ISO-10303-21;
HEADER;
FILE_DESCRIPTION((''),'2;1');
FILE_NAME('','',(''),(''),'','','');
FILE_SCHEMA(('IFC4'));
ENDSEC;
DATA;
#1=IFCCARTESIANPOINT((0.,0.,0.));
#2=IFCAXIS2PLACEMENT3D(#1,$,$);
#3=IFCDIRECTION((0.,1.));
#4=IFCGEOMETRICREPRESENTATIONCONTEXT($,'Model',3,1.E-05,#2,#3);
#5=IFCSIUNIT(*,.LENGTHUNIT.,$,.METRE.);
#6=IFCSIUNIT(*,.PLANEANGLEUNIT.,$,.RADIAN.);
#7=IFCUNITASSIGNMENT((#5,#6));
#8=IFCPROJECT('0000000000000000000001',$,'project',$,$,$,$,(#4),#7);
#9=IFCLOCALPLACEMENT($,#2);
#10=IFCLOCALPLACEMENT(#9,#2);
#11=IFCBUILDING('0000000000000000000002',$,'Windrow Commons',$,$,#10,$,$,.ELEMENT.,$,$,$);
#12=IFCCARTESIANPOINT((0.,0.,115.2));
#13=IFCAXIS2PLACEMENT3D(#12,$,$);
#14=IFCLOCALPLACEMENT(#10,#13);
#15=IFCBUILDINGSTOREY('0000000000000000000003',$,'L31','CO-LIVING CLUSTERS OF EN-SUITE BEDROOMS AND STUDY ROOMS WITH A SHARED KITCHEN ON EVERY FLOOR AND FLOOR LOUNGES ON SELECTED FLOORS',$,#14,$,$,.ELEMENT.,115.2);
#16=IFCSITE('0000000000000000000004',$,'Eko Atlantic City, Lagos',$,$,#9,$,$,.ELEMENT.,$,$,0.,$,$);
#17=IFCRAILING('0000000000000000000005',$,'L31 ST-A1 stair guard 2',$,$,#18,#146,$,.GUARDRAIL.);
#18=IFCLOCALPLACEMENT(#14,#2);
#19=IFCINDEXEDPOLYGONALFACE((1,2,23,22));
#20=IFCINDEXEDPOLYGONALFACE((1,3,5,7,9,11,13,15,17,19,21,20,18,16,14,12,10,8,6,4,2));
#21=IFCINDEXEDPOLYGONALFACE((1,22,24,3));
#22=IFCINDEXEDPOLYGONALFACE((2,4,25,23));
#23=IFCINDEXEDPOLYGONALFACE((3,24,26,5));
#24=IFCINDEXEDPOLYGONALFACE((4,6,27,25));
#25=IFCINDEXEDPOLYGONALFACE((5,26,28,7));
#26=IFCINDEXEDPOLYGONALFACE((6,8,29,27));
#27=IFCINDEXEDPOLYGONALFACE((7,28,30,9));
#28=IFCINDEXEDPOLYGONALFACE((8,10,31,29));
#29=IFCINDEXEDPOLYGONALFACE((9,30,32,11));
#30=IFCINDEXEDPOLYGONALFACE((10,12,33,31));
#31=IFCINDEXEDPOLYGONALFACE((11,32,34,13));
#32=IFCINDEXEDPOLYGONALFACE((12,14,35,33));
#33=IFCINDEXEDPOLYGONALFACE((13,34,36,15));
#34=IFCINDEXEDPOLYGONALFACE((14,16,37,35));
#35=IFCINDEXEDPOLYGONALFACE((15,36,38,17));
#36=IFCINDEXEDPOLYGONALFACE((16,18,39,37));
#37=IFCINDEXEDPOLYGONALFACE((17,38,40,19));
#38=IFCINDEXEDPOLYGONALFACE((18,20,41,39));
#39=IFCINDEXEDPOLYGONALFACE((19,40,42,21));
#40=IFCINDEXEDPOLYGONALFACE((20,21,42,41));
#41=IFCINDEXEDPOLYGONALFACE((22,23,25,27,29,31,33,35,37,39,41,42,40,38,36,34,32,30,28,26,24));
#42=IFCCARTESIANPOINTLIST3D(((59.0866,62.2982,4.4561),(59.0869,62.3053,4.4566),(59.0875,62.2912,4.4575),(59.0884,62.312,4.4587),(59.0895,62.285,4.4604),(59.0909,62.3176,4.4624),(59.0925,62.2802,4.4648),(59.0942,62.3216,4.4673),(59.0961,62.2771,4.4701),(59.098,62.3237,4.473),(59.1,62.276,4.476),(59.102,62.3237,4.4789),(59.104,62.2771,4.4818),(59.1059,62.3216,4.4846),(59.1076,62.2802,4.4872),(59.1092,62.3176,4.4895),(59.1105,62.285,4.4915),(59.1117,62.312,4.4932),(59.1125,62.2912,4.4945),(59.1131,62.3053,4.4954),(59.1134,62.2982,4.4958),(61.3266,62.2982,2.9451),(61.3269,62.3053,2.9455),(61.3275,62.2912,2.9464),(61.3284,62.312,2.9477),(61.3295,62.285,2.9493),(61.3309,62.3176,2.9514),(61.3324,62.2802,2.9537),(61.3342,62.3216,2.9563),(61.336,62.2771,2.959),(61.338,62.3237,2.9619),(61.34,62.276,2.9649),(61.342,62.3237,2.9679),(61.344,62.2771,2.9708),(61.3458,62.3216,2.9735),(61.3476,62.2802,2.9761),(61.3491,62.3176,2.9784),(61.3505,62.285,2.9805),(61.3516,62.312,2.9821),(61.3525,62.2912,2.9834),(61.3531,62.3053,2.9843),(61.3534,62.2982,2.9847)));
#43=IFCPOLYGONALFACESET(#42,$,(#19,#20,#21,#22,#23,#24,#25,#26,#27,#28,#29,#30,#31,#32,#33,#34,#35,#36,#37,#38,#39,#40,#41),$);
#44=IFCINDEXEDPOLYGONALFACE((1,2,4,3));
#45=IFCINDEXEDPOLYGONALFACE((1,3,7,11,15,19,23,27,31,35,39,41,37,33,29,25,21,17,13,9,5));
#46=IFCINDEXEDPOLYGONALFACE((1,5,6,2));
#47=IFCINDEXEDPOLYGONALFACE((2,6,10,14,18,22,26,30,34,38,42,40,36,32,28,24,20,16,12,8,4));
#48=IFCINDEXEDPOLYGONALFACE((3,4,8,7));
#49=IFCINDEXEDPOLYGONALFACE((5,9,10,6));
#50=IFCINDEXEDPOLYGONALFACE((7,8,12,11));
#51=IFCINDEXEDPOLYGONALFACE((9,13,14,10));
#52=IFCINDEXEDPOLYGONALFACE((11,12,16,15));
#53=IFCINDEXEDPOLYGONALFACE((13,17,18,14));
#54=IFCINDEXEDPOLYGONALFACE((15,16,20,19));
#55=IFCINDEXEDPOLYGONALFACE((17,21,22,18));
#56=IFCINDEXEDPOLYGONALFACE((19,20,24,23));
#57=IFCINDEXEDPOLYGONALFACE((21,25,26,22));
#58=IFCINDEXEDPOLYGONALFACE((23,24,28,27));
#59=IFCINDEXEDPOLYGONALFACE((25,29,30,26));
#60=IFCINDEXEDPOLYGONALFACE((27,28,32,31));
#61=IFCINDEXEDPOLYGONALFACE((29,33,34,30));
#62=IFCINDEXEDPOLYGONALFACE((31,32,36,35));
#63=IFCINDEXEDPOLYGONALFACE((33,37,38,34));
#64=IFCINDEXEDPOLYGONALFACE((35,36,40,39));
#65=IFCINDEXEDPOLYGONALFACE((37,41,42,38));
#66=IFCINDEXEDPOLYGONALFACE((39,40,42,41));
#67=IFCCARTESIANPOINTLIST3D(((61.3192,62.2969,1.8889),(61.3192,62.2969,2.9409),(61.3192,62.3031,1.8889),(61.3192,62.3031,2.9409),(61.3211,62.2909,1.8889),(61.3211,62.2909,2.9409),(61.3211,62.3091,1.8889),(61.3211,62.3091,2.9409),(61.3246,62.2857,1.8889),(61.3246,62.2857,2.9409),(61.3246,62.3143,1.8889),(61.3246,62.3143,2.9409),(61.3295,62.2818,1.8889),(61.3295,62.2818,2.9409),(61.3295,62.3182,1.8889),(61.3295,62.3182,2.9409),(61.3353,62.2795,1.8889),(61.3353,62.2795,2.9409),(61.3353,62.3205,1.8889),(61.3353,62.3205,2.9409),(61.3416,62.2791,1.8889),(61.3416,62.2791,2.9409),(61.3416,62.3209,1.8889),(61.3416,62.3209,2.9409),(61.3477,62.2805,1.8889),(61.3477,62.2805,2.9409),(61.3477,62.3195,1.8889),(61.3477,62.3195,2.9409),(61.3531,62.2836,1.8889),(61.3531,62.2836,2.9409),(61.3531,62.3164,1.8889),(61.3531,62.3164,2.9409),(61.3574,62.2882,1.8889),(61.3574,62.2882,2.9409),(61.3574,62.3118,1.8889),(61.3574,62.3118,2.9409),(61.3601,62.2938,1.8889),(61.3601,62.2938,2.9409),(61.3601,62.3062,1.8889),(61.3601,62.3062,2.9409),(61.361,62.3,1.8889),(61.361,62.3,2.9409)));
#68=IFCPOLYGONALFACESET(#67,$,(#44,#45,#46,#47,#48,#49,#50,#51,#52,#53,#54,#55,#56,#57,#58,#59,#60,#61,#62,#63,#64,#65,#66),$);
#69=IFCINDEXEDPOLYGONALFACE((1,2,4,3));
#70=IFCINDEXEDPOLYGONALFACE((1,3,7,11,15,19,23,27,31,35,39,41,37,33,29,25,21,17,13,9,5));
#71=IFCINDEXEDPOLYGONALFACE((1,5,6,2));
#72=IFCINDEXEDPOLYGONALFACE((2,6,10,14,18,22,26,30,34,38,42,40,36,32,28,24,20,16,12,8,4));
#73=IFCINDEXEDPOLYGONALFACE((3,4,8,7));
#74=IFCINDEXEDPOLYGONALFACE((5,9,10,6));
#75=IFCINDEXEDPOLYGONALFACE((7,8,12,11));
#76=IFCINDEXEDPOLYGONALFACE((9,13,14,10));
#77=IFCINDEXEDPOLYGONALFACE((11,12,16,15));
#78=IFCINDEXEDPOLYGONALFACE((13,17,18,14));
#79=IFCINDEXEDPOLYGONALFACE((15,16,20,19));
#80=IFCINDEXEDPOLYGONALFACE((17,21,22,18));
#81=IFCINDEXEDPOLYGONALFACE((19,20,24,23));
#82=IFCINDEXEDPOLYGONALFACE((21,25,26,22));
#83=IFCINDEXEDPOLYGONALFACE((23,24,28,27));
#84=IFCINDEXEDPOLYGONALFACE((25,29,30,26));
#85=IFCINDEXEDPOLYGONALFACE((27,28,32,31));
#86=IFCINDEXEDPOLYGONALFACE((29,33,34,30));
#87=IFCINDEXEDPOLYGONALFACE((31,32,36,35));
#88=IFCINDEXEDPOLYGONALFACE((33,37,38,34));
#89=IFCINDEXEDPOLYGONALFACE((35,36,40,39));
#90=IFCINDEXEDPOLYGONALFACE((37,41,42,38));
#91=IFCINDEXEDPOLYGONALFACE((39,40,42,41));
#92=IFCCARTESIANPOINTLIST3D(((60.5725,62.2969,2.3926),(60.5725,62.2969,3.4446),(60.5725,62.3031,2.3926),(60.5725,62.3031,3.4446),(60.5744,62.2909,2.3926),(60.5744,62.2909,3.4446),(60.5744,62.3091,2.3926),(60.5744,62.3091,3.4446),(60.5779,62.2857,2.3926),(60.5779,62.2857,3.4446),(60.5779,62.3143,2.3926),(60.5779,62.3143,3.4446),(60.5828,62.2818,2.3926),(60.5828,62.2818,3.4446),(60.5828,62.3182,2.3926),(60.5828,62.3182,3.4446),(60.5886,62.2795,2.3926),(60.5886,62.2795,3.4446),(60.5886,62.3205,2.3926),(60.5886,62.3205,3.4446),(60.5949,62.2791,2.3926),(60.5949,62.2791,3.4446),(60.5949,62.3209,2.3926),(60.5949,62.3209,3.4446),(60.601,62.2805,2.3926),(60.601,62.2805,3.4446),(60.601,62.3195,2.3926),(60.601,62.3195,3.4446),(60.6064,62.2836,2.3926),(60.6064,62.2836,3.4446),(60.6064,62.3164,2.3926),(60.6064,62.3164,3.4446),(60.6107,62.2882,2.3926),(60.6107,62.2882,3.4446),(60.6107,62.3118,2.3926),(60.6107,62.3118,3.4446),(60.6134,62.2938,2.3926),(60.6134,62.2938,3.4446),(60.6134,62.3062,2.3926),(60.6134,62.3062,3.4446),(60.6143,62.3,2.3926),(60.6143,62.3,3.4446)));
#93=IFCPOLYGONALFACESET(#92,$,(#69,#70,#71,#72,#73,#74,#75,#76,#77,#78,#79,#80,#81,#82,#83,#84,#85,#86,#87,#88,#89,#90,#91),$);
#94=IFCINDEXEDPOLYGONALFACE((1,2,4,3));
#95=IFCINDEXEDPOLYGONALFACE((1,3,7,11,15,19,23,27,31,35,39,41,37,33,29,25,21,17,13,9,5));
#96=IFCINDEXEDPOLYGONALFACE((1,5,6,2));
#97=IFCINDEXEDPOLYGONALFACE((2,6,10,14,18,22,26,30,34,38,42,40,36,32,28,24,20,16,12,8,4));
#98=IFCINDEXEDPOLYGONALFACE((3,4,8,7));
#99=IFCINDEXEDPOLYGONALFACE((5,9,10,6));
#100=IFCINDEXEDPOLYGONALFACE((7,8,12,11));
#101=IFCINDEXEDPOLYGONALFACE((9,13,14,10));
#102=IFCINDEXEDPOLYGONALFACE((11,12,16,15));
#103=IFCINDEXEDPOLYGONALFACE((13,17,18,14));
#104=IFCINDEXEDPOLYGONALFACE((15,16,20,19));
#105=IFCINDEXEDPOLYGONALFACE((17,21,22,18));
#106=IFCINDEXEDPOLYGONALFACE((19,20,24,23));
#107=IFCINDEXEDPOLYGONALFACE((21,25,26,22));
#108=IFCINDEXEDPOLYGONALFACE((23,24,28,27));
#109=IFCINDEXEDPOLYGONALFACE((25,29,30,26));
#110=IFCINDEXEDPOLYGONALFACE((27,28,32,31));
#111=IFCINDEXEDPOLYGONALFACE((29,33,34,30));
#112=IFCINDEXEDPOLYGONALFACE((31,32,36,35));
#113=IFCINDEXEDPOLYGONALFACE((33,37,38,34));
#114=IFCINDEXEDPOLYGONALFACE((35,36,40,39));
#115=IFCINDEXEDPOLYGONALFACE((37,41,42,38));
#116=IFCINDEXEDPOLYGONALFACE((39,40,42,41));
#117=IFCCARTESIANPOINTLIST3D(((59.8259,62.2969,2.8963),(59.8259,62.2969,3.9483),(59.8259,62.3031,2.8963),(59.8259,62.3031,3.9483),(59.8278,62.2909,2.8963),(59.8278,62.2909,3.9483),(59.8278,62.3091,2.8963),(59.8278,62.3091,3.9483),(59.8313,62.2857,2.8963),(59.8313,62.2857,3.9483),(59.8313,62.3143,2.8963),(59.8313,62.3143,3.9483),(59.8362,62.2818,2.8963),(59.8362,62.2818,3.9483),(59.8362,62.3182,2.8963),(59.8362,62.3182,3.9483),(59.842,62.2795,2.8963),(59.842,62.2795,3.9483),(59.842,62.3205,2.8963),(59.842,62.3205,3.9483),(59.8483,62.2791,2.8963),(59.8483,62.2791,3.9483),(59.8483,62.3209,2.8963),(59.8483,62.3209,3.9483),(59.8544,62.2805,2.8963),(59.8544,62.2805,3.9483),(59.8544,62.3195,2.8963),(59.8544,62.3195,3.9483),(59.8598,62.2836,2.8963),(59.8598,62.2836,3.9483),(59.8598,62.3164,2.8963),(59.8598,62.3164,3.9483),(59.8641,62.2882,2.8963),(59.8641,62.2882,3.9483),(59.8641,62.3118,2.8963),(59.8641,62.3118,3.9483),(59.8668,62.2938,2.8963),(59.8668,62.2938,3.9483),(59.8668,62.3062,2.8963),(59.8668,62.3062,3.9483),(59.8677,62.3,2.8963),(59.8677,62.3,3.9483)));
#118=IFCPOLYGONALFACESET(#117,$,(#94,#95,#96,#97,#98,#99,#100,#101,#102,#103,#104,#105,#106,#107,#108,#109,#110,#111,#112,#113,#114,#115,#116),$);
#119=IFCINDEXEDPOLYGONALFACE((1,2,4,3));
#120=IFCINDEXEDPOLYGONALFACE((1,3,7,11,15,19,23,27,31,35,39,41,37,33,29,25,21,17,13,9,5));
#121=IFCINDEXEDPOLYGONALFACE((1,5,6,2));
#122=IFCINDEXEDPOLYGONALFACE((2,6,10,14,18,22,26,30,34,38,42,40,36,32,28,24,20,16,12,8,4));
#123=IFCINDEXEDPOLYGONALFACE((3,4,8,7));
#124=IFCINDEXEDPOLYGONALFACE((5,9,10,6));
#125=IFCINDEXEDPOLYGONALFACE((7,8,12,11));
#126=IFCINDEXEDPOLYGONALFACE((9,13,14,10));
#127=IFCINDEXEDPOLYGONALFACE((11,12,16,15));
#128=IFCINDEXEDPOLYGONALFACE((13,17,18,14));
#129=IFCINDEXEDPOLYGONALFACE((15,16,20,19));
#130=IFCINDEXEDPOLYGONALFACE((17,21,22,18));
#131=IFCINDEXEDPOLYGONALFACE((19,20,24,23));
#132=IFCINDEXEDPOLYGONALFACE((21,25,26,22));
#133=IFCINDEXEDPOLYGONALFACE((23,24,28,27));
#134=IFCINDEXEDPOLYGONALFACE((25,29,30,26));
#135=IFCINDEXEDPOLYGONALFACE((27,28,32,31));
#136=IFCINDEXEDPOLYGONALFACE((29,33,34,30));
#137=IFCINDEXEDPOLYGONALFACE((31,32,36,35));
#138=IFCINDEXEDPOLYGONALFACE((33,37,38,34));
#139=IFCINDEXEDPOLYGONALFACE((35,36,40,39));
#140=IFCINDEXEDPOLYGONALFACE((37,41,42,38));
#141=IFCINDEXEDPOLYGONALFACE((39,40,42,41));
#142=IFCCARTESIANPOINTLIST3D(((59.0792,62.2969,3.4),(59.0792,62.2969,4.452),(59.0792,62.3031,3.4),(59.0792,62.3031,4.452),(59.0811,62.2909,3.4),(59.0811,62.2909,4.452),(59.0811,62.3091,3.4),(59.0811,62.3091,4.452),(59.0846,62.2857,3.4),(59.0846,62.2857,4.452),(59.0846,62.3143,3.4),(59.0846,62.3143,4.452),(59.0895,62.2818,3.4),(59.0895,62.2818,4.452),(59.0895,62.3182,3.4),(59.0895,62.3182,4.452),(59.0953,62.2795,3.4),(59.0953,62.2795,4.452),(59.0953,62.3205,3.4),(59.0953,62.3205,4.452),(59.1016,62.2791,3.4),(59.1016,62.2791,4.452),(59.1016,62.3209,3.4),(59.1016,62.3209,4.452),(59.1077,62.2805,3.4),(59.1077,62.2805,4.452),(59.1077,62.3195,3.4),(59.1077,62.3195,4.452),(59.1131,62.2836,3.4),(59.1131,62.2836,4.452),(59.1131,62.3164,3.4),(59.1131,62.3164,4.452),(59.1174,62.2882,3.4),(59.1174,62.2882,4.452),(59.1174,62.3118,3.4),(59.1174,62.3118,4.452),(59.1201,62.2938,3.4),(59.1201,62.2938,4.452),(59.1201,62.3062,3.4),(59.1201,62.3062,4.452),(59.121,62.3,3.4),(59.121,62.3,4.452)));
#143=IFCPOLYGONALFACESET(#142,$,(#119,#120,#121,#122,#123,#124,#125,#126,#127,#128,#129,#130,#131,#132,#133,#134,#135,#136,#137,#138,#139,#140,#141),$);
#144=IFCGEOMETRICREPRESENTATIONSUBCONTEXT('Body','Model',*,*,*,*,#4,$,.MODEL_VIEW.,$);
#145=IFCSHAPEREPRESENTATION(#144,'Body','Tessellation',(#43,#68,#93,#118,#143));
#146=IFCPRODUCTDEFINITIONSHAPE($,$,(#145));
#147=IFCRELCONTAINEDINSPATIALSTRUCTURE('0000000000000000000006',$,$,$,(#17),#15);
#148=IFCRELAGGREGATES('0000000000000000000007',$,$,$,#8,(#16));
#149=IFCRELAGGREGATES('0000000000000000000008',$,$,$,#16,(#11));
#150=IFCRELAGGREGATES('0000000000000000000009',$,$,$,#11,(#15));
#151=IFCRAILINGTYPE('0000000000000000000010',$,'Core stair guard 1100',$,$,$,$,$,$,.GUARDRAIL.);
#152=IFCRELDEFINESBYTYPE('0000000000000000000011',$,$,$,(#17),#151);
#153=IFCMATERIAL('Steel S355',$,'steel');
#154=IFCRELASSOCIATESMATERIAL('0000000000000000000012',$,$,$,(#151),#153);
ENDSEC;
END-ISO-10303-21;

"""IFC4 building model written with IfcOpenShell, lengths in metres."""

from ifc_helpers import new_model, si_unit, direction, frame, origin, origin_2d, place, context, subcontext, project, spatial, circle, extrude, material, type_object, element, save


model = new_model("IFC4")

# Units and contexts
model_context = context("Model", 3, precision=1e-05, world=origin(), true_north=direction((0.0, 1.0)))
body_context = subcontext(model_context, "Body", "Model", "MODEL_VIEW")
ifc_project = project(units=[si_unit("LENGTHUNIT", "METRE"), si_unit("PLANEANGLEUNIT", "RADIAN")], contexts=[model_context])

# Site, building, storey
site_placement = place(None, origin())
site = spatial("IfcSite", under=ifc_project, at=site_placement, Name="Eko Atlantic City, Lagos", CompositionType="ELEMENT", RefElevation=0.0)
building_placement = place(site_placement, origin())
building = spatial("IfcBuilding", under=site, at=building_placement, Name="Windrow Commons", CompositionType="ELEMENT")
storey_placement = place(building_placement, frame((0.0, 0.0, 115.2)))
storey = spatial("IfcBuildingStorey", under=building, at=storey_placement, Name="L31", Description="CO-LIVING CLUSTERS OF EN-SUITE BEDROOMS AND STUDY ROOMS WITH A SHARED KITCHEN ON EVERY FLOOR AND FLOOR LOUNGES ON SELECTED FLOORS", CompositionType="ELEMENT", Elevation=115.2)

# Railing
ifc_material_1 = material(Name="Steel S355", Category="steel")
railing_type_1 = type_object("IfcRailingType", Name="Core stair guard 1100", PredefinedType="GUARDRAIL", material=ifc_material_1)
railing_1_placement = place(storey_placement, frame((61.34, 62.3, 1.8889)))
element("IfcRailing", 1, at=railing_1_placement, inside=storey, type_object=railing_type_1, Name="L31 ST-A1 stair guard 2", PredefinedType="GUARDRAIL", context=body_context, shape_type="SweptSolid", body=[
    extrude(circle(Radius=0.024, at=origin_2d()), frame((0.0, 0.0, 1.076), z_axis=(-0.829003, 0.0, 0.559244), x_axis=(0.0, -1.0, 0.0)), (0.0, 0.0, 1.0), 2.702),
    extrude(circle(Radius=0.021, at=origin_2d()), origin(), (0.0, 0.0, 1.0), 1.052),
    extrude(circle(Radius=0.021, at=origin_2d()), frame((-0.7467, 0.0, 0.5037)), (0.0, 0.0, 1.0), 1.052),
    extrude(circle(Radius=0.021, at=origin_2d()), frame((-1.4933, 0.0, 1.0074)), (0.0, 0.0, 1.0), 1.052),
    extrude(circle(Radius=0.021, at=origin_2d()), frame((-2.24, 0.0, 1.5111)), (0.0, 0.0, 1.0), 1.052),
])

save(model, "model.ifc")
